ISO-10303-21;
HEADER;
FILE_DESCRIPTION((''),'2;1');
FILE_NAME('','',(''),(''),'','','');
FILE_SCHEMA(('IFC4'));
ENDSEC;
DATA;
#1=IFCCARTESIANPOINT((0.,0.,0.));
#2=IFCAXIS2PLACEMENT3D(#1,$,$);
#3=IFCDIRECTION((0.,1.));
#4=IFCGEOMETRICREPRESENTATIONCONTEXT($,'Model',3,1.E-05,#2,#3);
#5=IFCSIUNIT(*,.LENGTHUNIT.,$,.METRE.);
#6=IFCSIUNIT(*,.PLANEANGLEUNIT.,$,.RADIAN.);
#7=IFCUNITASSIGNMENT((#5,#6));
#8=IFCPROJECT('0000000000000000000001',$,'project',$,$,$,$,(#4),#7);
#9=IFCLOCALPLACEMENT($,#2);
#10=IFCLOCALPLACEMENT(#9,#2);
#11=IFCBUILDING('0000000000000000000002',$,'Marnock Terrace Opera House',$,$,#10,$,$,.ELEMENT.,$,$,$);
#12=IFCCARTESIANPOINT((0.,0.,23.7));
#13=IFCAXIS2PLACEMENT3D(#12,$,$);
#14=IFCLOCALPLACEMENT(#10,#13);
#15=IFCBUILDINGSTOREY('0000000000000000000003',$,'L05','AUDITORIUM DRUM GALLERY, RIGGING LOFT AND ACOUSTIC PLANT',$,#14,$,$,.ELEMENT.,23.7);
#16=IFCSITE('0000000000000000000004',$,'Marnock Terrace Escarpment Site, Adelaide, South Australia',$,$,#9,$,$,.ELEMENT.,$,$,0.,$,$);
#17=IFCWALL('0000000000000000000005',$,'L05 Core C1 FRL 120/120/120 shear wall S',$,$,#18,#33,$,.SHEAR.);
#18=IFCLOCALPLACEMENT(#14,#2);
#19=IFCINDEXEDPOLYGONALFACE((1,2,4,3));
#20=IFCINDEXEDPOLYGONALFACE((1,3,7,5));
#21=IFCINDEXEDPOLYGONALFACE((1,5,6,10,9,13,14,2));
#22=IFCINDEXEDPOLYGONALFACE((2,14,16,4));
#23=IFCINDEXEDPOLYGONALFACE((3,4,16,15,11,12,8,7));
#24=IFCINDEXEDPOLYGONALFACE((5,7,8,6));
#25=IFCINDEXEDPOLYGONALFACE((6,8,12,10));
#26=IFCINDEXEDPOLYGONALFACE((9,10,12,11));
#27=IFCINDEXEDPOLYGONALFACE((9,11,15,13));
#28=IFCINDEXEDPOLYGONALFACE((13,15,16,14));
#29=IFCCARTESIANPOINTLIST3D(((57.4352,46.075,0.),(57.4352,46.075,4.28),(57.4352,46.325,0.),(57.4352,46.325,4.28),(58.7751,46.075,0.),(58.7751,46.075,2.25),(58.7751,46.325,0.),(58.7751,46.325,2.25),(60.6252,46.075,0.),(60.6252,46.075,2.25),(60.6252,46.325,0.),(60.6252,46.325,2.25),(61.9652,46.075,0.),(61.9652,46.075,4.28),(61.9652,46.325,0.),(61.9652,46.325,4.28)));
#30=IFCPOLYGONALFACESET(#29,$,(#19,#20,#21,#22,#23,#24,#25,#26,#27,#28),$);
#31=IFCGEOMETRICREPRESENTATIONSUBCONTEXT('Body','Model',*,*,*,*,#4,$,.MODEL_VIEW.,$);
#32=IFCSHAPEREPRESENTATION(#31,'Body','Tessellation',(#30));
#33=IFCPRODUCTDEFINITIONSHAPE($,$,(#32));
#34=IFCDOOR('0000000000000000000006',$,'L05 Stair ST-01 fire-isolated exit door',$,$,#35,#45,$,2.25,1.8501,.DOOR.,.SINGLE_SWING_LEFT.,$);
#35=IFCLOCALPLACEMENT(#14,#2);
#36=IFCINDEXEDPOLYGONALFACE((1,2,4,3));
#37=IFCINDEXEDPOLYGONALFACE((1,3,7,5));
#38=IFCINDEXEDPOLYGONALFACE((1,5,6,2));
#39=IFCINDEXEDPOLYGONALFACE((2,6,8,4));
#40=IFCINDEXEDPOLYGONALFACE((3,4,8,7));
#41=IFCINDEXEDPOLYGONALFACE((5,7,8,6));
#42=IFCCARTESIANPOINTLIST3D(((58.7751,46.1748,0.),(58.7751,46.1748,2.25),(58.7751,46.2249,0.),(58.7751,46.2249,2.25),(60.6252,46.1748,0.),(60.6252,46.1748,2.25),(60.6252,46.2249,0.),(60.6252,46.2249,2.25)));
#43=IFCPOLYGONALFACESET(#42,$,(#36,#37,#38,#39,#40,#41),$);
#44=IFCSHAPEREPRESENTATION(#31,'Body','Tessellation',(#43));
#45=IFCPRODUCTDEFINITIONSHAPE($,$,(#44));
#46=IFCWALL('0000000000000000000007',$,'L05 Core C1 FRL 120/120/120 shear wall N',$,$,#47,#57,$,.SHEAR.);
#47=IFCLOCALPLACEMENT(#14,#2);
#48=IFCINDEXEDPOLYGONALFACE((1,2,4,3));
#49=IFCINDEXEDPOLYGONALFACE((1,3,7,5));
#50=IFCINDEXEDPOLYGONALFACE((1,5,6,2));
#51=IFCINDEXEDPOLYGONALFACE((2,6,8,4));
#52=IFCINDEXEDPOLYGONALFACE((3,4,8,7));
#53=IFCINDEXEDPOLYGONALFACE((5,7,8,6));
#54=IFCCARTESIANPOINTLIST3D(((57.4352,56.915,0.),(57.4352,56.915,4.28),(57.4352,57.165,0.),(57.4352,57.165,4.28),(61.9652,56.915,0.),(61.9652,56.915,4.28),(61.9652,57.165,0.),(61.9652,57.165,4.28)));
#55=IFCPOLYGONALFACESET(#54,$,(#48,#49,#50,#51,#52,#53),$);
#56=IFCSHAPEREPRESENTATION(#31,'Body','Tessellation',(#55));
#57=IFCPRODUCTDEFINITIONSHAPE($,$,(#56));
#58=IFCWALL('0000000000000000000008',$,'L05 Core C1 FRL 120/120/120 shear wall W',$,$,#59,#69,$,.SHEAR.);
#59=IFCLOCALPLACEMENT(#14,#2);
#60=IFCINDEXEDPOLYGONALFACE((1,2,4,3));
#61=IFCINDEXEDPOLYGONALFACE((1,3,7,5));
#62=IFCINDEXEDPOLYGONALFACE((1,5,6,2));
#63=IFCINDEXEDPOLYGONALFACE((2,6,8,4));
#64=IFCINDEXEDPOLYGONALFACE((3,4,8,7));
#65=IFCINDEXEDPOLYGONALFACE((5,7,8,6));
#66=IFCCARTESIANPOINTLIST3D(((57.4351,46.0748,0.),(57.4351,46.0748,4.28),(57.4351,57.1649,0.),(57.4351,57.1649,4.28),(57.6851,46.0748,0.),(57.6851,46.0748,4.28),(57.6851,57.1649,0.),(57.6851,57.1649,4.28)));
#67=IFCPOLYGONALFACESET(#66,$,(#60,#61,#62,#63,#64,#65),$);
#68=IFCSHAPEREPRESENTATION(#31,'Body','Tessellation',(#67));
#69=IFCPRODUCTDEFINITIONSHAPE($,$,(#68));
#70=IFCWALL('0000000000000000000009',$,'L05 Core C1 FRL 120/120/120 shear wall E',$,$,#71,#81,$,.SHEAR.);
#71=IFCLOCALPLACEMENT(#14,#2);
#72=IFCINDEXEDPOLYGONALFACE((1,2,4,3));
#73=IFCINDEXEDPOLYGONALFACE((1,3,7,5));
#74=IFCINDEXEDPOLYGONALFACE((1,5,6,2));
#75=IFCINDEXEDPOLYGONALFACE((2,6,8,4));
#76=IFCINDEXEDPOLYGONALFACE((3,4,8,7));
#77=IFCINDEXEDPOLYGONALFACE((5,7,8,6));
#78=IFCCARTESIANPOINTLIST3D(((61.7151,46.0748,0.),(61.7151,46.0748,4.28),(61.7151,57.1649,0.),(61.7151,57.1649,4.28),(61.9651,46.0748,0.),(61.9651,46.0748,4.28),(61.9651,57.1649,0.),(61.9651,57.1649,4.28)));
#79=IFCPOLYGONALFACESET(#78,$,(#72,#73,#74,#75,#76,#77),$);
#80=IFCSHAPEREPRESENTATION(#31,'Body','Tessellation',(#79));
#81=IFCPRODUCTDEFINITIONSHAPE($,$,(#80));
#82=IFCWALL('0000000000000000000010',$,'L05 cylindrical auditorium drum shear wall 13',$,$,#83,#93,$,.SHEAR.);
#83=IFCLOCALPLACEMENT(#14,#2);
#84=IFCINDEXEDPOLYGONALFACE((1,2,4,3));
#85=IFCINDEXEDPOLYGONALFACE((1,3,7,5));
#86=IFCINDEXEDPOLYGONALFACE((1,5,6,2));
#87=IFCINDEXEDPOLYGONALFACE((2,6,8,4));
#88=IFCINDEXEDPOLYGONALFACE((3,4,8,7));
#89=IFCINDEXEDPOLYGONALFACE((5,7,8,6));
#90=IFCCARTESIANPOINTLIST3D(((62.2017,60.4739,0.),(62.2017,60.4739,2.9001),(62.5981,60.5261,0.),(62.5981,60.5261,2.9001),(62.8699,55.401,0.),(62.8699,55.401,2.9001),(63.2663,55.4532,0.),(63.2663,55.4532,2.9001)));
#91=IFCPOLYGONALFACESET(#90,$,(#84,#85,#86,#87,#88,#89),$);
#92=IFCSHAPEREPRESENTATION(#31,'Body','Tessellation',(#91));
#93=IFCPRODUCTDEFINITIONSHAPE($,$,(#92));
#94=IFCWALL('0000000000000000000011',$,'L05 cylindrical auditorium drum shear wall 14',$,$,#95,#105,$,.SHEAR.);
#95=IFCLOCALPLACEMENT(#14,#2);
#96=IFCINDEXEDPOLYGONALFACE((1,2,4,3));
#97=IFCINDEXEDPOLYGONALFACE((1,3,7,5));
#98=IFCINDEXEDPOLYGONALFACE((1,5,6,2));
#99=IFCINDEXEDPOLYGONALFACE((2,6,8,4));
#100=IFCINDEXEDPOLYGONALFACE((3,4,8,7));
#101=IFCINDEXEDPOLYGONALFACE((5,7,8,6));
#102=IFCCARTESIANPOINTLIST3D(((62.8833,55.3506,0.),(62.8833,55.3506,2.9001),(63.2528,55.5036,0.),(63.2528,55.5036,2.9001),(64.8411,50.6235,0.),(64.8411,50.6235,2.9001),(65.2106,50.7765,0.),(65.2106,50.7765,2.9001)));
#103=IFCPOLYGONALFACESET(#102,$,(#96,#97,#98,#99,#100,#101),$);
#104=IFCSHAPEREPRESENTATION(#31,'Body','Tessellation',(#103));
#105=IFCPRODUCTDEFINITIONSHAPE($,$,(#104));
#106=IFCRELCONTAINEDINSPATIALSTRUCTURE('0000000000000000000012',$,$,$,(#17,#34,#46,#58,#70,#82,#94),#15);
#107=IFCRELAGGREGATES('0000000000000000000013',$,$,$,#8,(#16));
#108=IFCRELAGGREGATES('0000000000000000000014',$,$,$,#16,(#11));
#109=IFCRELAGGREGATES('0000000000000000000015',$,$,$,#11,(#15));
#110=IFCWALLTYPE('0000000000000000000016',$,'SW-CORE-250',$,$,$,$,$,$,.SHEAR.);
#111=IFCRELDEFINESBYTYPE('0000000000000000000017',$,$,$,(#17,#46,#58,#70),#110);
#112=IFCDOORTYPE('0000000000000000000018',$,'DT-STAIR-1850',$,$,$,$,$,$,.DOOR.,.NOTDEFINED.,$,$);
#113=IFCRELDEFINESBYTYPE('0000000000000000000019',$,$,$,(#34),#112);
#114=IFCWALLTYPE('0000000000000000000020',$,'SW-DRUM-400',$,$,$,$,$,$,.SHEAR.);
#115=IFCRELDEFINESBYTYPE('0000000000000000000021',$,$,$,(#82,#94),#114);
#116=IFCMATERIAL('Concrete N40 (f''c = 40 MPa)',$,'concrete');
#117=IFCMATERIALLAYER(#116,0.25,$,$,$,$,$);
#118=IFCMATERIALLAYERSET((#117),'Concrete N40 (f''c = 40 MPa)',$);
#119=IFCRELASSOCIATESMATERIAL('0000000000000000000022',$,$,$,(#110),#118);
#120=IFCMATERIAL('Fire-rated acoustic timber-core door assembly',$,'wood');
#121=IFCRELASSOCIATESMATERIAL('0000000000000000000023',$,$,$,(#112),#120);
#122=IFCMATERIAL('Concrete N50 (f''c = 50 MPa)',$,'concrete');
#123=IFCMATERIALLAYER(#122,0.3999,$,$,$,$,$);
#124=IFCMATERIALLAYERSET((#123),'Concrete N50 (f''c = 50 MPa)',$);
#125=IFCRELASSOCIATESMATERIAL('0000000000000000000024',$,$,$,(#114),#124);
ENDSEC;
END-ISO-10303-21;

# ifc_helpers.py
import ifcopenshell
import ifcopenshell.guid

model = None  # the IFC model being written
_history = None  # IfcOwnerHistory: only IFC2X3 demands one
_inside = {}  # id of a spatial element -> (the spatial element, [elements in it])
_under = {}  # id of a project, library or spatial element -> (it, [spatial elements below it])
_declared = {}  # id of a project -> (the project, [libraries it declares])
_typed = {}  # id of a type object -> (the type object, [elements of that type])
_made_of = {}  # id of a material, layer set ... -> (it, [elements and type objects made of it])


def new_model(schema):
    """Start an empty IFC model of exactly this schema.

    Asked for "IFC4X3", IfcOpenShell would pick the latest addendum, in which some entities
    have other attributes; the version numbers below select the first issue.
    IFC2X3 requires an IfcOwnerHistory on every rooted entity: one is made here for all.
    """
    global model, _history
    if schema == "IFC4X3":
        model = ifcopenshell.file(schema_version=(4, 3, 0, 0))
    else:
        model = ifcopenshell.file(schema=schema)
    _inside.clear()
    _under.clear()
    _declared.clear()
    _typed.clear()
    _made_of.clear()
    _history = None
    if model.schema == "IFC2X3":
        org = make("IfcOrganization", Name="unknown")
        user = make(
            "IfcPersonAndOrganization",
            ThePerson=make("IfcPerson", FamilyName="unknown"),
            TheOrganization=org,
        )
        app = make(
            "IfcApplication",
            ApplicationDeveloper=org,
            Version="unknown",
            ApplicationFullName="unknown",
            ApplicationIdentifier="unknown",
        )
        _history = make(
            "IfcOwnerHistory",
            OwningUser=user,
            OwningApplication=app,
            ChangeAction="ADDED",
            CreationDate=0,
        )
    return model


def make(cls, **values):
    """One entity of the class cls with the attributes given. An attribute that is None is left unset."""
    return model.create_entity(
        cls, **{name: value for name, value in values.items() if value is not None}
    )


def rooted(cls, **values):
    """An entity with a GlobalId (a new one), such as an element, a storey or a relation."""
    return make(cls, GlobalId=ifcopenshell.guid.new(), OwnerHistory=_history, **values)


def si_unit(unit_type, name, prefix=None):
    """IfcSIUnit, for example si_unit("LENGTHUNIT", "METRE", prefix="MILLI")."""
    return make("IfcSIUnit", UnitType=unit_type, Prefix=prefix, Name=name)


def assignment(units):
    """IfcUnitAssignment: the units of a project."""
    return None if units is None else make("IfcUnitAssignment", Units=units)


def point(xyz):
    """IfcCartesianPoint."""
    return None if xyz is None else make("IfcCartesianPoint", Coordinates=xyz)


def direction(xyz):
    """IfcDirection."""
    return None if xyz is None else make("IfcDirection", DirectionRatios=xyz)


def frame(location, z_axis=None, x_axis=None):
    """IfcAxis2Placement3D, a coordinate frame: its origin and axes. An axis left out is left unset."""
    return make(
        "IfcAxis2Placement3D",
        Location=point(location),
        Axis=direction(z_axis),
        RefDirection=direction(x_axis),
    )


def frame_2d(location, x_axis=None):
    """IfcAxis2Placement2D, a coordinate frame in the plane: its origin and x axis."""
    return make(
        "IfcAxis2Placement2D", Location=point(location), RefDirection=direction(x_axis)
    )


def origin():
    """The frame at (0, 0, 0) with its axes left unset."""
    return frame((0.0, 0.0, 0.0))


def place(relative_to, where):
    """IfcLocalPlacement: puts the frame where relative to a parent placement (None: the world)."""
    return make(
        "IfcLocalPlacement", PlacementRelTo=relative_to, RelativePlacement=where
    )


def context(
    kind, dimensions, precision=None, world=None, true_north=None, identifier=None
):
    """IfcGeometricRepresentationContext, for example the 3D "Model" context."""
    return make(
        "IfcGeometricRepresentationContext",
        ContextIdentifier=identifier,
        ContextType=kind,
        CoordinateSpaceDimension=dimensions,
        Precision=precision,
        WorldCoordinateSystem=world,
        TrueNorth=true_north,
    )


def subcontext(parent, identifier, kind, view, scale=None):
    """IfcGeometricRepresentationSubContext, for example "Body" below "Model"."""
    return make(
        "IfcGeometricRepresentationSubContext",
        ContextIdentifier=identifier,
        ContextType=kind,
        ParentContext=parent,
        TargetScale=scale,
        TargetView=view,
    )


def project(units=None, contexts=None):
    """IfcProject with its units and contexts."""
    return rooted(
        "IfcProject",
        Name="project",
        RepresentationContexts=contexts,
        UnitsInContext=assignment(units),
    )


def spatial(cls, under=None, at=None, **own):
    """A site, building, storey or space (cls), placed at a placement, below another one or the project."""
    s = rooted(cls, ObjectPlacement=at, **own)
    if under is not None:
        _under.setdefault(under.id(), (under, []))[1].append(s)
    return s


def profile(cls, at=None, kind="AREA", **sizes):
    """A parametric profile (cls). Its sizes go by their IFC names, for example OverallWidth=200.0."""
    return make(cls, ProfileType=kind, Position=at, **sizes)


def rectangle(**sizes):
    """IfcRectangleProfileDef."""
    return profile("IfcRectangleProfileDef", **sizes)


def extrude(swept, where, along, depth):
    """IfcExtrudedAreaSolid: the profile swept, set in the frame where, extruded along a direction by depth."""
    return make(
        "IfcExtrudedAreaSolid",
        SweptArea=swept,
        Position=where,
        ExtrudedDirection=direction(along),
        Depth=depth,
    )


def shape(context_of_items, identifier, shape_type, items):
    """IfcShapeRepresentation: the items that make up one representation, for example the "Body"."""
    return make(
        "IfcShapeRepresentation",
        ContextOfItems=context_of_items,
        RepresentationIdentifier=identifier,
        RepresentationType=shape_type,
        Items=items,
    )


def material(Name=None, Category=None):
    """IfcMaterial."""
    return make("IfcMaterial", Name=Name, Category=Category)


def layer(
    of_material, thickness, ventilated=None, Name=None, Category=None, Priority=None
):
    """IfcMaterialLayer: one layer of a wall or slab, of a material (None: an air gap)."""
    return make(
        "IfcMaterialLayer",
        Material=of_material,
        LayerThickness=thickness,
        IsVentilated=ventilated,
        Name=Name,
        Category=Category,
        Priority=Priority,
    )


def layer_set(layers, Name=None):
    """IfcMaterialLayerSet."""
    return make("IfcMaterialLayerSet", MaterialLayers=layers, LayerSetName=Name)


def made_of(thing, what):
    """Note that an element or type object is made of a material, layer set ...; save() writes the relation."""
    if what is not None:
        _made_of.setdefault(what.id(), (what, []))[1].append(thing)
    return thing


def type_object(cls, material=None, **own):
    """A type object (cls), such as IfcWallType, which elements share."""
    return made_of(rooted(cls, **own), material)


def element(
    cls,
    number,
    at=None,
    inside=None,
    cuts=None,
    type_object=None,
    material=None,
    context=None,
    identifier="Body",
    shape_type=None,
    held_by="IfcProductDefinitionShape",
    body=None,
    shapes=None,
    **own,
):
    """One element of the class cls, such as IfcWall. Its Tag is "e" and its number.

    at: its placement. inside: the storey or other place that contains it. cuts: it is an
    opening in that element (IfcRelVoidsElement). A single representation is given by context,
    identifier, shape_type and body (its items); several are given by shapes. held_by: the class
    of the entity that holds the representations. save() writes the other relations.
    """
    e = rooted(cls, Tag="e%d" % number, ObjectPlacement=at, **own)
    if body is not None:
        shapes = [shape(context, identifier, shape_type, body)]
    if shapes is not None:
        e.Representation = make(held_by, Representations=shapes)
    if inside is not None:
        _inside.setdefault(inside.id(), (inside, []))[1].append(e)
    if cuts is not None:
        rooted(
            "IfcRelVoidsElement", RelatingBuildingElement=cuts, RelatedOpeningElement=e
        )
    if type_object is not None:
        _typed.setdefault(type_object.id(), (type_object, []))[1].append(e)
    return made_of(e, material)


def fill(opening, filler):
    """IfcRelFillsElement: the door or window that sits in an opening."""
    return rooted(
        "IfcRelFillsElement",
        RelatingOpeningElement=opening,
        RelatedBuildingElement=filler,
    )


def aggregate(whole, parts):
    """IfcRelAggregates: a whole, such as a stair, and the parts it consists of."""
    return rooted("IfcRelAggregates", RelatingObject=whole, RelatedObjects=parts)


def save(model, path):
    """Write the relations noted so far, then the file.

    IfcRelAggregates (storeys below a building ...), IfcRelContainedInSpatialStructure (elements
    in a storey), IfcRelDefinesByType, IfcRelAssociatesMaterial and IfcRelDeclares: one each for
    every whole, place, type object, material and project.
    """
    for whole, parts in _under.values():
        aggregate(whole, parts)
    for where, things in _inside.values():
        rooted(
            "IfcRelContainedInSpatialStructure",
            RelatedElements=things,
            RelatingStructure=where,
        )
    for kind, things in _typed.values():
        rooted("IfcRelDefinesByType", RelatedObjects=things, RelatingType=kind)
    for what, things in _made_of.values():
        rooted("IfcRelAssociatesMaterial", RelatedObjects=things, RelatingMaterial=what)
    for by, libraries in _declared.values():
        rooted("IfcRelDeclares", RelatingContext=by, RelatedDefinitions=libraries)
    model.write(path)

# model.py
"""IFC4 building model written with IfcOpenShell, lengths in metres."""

from ifc_helpers import new_model, si_unit, direction, frame, frame_2d, origin, place, context, subcontext, project, spatial, rectangle, extrude, material, layer, layer_set, type_object, element, fill, save


model = new_model("IFC4")

# Units and contexts
model_context = context("Model", 3, precision=1e-05, world=origin(), true_north=direction((0.0, 1.0)))
body_context = subcontext(model_context, "Body", "Model", "MODEL_VIEW")
ifc_project = project(units=[si_unit("LENGTHUNIT", "METRE"), si_unit("PLANEANGLEUNIT", "RADIAN")], contexts=[model_context])

# Site, building, storey
site_placement = place(None, origin())
site = spatial("IfcSite", under=ifc_project, at=site_placement, Name="Marnock Terrace Escarpment Site, Adelaide, South Australia", CompositionType="ELEMENT", RefElevation=0.0)
building_placement = place(site_placement, origin())
building = spatial("IfcBuilding", under=site, at=building_placement, Name="Marnock Terrace Opera House", CompositionType="ELEMENT")
storey_placement = place(building_placement, frame((0.0, 0.0, 23.7)))
storey = spatial("IfcBuildingStorey", under=building, at=storey_placement, Name="L05", Description="AUDITORIUM DRUM GALLERY, RIGGING LOFT AND ACOUSTIC PLANT", CompositionType="ELEMENT", Elevation=23.7)

# Shared definitions
ifc_material_1 = material(Name="Concrete N50 (f'c = 50 MPa)", Category="concrete")
ifc_material_2 = material(Name="Concrete N40 (f'c = 40 MPa)", Category="concrete")

# Shared definitions
ifc_material_3 = material(Name="Fire-rated acoustic timber-core door assembly", Category="wood")

# Wall, opening, door
ifc_layer_1 = layer(ifc_material_2, 0.25)
ifc_layer_set_1 = layer_set([ifc_layer_1], Name="Concrete N40 (f'c = 40 MPa)")
wall_type_1 = type_object("IfcWallType", Name="SW-CORE-250", PredefinedType="SHEAR", material=ifc_layer_set_1)
wall_1_placement = place(storey_placement, frame((57.4351, 46.2, 0.0), z_axis=(0.0, 0.0, 1.0), x_axis=(1.0, 0.0, 0.0)))
wall_1 = element("IfcWall", 1, at=wall_1_placement, inside=storey, type_object=wall_type_1, Name="L05 Core C1 FRL 120/120/120 shear wall S", PredefinedType="SHEAR", context=body_context, shape_type="SweptSolid", body=[
    extrude(rectangle(XDim=4.53, YDim=0.25, at=frame_2d((2.2651, 0.0))), origin(), (0.0, 0.0, 1.0), 4.28),
])
opening_1_placement = place(wall_1_placement, frame((1.3401, 0.0, 0.0)))
opening_1 = element("IfcOpeningElement", 2, at=opening_1_placement, cuts=wall_1, PredefinedType="OPENING", context=body_context, shape_type="SweptSolid", body=[
    extrude(rectangle(XDim=1.8501, YDim=2.25, at=frame_2d((0.925, 1.125))), frame((0.0, 0.135, 0.0), z_axis=(0.0, -1.0, 0.0), x_axis=(1.0, 0.0, 0.0)), (0.0, 0.0, 1.0), 0.27),
])
door_type_1 = type_object("IfcDoorType", Name="DT-STAIR-1850", OperationType="NOTDEFINED", PredefinedType="DOOR", material=ifc_material_3)
door_1_placement = place(opening_1_placement, origin())
door_1 = element("IfcDoor", 3, at=door_1_placement, inside=storey, type_object=door_type_1, Name="L05 Stair ST-01 fire-isolated exit door", OperationType="SINGLE_SWING_LEFT", OverallHeight=2.25, OverallWidth=1.8501, PredefinedType="DOOR", context=body_context, shape_type="SweptSolid", body=[
    extrude(rectangle(XDim=1.8501, YDim=2.25, at=frame_2d((0.925, 1.125))), frame((0.0, 0.0249, 0.0), z_axis=(0.0, -1.0, 0.0), x_axis=(1.0, 0.0, 0.0)), (0.0, 0.0, 1.0), 0.05),
])
fill(opening_1, door_1)

# Walls
wall_2_placement = place(storey_placement, frame((57.4351, 57.04, 0.0), z_axis=(0.0, 0.0, 1.0), x_axis=(1.0, 0.0, 0.0)))
element("IfcWall", 4, at=wall_2_placement, inside=storey, type_object=wall_type_1, Name="L05 Core C1 FRL 120/120/120 shear wall N", PredefinedType="SHEAR", context=body_context, shape_type="SweptSolid", body=[
    extrude(rectangle(XDim=4.53, YDim=0.25, at=frame_2d((2.2651, 0.0))), origin(), (0.0, 0.0, 1.0), 4.28),
])
for number, where, z_axis, x_axis, name in (
    (5, (57.5601, 46.075, 0.0), (0.0, 0.0, 1.0), (0.0, 1.0, 0.0), "L05 Core C1 FRL 120/120/120 shear wall W"),
    (6, (61.8401, 46.075, 0.0), (0.0, 0.0, 1.0), (0.0, 1.0, 0.0), "L05 Core C1 FRL 120/120/120 shear wall E"),
):
    element("IfcWall", number, at=place(storey_placement, frame(where, z_axis=z_axis, x_axis=x_axis)), inside=storey, type_object=wall_type_1, Name=name, PredefinedType="SHEAR", context=body_context, shape_type="SweptSolid", body=[
        extrude(rectangle(XDim=11.0901, YDim=0.25, at=frame_2d((5.5449, 0.0))), origin(), (0.0, 0.0, 1.0), 4.28),
    ])
ifc_layer_2 = layer(ifc_material_1, 0.3999)
ifc_layer_set_2 = layer_set([ifc_layer_2], Name="Concrete N50 (f'c = 50 MPa)")
wall_type_2 = type_object("IfcWallType", Name="SW-DRUM-400", PredefinedType="SHEAR", material=ifc_layer_set_2)
wall_3_placement = place(storey_placement, frame((62.3999, 60.5, 0.0), z_axis=(0.0, 0.0, 1.0), x_axis=(0.130592, -0.991436, 0.0)))
element("IfcWall", 7, at=wall_3_placement, inside=storey, type_object=wall_type_2, Name="L05 cylindrical auditorium drum shear wall 13", PredefinedType="SHEAR", context=body_context, shape_type="SweptSolid", body=[
    extrude(rectangle(XDim=5.1167, YDim=0.3999, at=frame_2d((2.5583, 0.0))), origin(), (0.0, 0.0, 1.0), 2.9001),
])
wall_4_placement = place(storey_placement, frame((63.0681, 55.427, 0.0), z_axis=(0.0, 0.0, 1.0), x_axis=(0.382643, -0.923896, 0.0)))
element("IfcWall", 8, at=wall_4_placement, inside=storey, type_object=wall_type_2, Name="L05 cylindrical auditorium drum shear wall 14", PredefinedType="SHEAR", context=body_context, shape_type="SweptSolid", body=[
    extrude(rectangle(XDim=5.1165, YDim=0.3999, at=frame_2d((2.5581, 0.0))), origin(), (0.0, 0.0, 1.0), 2.9001),
])

save(model, "model.ifc")
